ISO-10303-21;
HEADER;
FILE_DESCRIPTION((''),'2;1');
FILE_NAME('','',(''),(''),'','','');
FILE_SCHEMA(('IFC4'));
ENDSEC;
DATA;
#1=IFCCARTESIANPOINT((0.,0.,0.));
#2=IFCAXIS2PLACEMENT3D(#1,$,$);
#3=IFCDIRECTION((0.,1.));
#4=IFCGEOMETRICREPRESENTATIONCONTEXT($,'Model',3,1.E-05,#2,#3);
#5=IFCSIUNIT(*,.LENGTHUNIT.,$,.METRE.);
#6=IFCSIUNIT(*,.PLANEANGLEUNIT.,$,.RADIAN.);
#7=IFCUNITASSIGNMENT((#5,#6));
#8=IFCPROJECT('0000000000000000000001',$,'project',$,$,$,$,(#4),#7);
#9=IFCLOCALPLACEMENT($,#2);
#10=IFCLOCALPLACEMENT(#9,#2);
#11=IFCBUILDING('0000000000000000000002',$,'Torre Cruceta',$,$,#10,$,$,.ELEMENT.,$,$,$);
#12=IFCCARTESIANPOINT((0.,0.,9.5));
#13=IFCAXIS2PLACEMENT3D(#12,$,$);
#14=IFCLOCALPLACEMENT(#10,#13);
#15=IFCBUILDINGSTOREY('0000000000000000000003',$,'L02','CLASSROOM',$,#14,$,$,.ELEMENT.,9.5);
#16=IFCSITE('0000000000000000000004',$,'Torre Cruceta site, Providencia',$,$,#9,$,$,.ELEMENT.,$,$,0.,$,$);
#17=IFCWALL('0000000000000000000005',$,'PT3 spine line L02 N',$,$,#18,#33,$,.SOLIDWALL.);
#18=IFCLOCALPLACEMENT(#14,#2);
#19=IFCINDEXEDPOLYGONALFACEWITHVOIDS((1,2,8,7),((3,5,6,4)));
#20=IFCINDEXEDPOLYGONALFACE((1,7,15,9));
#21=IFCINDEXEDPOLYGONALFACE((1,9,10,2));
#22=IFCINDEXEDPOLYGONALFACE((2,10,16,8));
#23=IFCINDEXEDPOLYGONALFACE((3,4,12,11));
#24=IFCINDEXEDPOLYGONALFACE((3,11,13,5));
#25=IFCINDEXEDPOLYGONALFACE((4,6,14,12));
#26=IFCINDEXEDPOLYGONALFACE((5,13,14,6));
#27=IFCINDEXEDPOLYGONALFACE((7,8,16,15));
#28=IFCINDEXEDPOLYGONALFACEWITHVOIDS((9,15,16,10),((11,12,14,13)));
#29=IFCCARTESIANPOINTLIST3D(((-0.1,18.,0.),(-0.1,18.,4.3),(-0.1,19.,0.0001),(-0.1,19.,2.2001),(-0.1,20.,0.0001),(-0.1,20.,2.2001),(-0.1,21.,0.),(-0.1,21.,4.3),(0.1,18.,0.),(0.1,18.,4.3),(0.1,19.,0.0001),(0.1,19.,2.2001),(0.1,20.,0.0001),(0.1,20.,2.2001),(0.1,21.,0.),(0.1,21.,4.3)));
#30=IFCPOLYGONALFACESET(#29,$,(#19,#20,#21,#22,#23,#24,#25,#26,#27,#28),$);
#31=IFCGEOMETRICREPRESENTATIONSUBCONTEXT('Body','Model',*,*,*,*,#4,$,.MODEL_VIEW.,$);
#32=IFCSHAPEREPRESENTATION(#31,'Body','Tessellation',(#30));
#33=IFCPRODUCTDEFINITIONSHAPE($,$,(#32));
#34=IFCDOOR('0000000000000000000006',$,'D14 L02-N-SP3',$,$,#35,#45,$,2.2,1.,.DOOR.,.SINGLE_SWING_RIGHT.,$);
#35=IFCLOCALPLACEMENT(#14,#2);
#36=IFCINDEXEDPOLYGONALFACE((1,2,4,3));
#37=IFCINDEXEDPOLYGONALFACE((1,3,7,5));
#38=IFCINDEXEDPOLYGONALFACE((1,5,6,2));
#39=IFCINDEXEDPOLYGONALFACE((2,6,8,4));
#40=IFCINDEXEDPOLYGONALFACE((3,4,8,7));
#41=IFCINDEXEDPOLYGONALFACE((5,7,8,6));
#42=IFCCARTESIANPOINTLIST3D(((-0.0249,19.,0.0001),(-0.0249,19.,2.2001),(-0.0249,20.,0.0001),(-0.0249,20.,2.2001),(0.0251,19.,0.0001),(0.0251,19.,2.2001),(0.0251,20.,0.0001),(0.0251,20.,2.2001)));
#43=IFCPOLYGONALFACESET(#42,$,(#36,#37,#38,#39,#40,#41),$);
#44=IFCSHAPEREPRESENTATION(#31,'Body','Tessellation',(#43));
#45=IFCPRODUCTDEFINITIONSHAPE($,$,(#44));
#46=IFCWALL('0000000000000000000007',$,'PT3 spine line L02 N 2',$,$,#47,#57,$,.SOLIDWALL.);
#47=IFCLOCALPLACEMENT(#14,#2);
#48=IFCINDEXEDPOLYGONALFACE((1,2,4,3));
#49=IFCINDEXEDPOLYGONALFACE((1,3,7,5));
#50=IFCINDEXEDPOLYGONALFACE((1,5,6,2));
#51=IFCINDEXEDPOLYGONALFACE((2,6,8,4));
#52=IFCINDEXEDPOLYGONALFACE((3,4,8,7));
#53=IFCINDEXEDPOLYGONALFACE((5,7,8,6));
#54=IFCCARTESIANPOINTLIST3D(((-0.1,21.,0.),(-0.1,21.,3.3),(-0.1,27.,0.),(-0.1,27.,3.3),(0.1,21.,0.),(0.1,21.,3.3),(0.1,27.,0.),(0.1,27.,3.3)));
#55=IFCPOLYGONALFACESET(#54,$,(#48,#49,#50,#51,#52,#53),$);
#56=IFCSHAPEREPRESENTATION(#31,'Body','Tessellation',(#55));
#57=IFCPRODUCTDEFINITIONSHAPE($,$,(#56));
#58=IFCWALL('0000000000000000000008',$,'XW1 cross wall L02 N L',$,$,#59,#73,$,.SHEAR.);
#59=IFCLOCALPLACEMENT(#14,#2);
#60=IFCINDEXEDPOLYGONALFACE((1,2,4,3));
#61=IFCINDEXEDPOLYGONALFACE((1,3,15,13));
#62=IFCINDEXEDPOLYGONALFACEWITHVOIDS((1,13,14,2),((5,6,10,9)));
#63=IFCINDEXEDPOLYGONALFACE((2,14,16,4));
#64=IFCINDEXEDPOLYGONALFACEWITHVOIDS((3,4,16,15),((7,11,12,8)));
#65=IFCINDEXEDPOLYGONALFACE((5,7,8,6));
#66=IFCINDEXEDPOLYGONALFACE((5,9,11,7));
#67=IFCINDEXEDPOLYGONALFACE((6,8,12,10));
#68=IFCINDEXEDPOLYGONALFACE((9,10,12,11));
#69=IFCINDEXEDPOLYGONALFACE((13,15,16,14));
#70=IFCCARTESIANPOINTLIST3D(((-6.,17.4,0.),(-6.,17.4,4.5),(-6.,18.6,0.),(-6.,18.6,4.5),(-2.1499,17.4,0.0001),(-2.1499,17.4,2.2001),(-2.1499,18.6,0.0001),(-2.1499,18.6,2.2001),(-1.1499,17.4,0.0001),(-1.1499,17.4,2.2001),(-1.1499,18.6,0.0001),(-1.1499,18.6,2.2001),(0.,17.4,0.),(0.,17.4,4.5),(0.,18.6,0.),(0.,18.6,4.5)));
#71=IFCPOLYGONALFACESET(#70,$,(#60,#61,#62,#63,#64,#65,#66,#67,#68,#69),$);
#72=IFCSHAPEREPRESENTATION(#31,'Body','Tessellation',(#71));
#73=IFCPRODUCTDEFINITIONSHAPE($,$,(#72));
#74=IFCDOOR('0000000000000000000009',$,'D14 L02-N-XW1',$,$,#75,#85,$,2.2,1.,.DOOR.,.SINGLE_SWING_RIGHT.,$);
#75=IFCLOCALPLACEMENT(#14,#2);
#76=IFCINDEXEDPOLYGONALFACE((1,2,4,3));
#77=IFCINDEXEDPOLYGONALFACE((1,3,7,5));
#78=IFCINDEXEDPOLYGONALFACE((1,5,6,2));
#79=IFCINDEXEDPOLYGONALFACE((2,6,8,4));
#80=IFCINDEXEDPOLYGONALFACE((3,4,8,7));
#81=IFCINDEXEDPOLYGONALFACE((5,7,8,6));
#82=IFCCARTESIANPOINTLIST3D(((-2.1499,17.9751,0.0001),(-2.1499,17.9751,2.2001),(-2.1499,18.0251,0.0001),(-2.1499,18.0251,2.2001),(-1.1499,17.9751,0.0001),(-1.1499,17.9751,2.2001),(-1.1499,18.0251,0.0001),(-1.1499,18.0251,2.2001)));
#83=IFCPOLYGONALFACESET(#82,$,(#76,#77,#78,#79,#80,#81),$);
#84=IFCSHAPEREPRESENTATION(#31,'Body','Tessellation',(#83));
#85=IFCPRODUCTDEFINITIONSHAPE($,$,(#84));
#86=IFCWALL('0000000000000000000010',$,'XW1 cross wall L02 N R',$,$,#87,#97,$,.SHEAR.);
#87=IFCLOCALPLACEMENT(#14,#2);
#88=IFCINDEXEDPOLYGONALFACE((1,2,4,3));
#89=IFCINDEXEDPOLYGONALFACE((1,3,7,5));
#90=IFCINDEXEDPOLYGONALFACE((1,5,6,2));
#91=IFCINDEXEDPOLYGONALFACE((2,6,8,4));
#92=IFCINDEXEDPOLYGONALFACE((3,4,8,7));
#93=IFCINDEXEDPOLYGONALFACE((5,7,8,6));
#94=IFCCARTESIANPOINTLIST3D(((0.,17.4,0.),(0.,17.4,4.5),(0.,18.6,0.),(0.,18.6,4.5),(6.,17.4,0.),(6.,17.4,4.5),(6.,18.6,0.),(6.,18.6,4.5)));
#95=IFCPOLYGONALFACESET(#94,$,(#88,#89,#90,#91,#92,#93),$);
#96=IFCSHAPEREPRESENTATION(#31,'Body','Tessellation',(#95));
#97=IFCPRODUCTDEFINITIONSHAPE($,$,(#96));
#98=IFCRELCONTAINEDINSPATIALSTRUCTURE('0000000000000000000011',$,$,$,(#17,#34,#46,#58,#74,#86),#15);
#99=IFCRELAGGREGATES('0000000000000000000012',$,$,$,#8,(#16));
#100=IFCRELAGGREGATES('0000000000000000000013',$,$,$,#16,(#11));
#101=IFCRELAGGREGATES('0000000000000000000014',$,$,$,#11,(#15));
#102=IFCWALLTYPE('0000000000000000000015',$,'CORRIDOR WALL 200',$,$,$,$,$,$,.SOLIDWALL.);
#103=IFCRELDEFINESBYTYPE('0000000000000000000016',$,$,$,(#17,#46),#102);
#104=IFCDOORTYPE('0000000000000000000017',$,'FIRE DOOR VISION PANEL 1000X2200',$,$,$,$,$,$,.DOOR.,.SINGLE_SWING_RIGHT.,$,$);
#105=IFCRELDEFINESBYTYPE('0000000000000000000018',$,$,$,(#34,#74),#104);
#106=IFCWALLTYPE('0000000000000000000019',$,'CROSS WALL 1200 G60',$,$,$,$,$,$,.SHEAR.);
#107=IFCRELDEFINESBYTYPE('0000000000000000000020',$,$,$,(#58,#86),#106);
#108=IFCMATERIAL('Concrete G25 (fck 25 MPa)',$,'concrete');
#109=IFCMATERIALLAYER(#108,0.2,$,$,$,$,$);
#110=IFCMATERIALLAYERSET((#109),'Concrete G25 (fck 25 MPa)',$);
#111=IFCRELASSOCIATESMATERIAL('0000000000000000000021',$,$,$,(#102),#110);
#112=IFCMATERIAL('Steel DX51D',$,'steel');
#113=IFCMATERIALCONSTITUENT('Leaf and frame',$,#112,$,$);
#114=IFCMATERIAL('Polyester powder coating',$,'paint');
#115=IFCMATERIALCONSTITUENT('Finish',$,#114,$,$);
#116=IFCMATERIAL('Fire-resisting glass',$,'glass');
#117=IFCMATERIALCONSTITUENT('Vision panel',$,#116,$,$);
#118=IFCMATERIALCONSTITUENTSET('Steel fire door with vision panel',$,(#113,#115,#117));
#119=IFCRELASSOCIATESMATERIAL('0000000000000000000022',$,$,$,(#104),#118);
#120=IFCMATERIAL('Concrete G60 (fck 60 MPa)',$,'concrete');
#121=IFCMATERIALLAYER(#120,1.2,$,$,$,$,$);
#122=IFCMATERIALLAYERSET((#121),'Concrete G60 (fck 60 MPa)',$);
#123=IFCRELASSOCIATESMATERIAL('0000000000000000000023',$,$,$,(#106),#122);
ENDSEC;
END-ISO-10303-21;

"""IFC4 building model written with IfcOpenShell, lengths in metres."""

from ifc_helpers import new_model, si_unit, direction, frame, frame_2d, origin, place, context, subcontext, project, spatial, rectangle, extrude, material, layer, layer_set, constituent, constituent_set, type_object, element, fill, save


model = new_model("IFC4")

# Units and contexts
model_context = context("Model", 3, precision=1e-05, world=origin(), true_north=direction((0.0, 1.0)))
body_context = subcontext(model_context, "Body", "Model", "MODEL_VIEW")
ifc_project = project(units=[si_unit("LENGTHUNIT", "METRE"), si_unit("PLANEANGLEUNIT", "RADIAN")], contexts=[model_context])

# Site, building, storey
site_placement = place(None, origin())
site = spatial("IfcSite", under=ifc_project, at=site_placement, Name="Torre Cruceta site, Providencia", CompositionType="ELEMENT", RefElevation=0.0)
building_placement = place(site_placement, origin())
building = spatial("IfcBuilding", under=site, at=building_placement, Name="Torre Cruceta", CompositionType="ELEMENT")
storey_placement = place(building_placement, frame((0.0, 0.0, 9.5)))
storey = spatial("IfcBuildingStorey", under=building, at=storey_placement, Name="L02", Description="CLASSROOM", CompositionType="ELEMENT", Elevation=9.5)

# Wall, opening, door
ifc_material_1 = material(Name="Concrete G25 (fck 25 MPa)", Category="concrete")
ifc_layer_1 = layer(ifc_material_1, 0.2)
ifc_layer_set_1 = layer_set([ifc_layer_1], Name="Concrete G25 (fck 25 MPa)")
wall_type_1 = type_object("IfcWallType", Name="CORRIDOR WALL 200", PredefinedType="SOLIDWALL", material=ifc_layer_set_1)
wall_1_placement = place(storey_placement, frame((0.0, 18.0, 0.0), z_axis=(0.0, 0.0, 1.0), x_axis=(0.0, 1.0, 0.0)))
wall_1 = element("IfcWall", 1, at=wall_1_placement, inside=storey, type_object=wall_type_1, Name="PT3 spine line L02 N", PredefinedType="SOLIDWALL", context=body_context, shape_type="SweptSolid", body=[
    extrude(rectangle(XDim=3.0, YDim=0.2, at=frame_2d((1.5, 0.0))), origin(), (0.0, 0.0, 1.0), 4.3),
])
opening_1_placement = place(wall_1_placement, frame((1.0, 0.0, 0.0)))
opening_1 = element("IfcOpeningElement", 2, at=opening_1_placement, cuts=wall_1, PredefinedType="OPENING", context=body_context, shape_type="SweptSolid", body=[
    extrude(rectangle(XDim=1.0, YDim=2.2, at=frame_2d((0.5, 1.1001))), frame((0.0, 0.1099, 0.0), z_axis=(0.0, -1.0, 0.0), x_axis=(1.0, 0.0, 0.0)), (0.0, 0.0, 1.0), 0.22),
])
ifc_material_2 = material(Name="Steel DX51D", Category="steel")
ifc_constituent_1 = constituent(ifc_material_2, Name="Leaf and frame")
ifc_material_3 = material(Name="Polyester powder coating", Category="paint")
ifc_constituent_2 = constituent(ifc_material_3, Name="Finish")
ifc_material_4 = material(Name="Fire-resisting glass", Category="glass")
ifc_constituent_3 = constituent(ifc_material_4, Name="Vision panel")
ifc_constituent_set = constituent_set(constituents=[ifc_constituent_1, ifc_constituent_2, ifc_constituent_3], Name="Steel fire door with vision panel")
door_type = type_object("IfcDoorType", Name="FIRE DOOR VISION PANEL 1000X2200", OperationType="SINGLE_SWING_RIGHT", PredefinedType="DOOR", material=ifc_constituent_set)
door_1_placement = place(opening_1_placement, frame((1.0, 0.0, 0.0), z_axis=(0.0, 0.0, 1.0), x_axis=(-1.0, 0.0, 0.0)))
door_1 = element("IfcDoor", 3, at=door_1_placement, inside=storey, type_object=door_type, Name="D14 L02-N-SP3", OperationType="SINGLE_SWING_RIGHT", OverallHeight=2.2, OverallWidth=1.0, PredefinedType="DOOR", context=body_context, shape_type="SweptSolid", body=[
    extrude(rectangle(XDim=1.0, YDim=2.2, at=frame_2d((0.5, 1.1001))), frame((0.0, 0.0251, 0.0), z_axis=(0.0, -1.0, 0.0), x_axis=(1.0, 0.0, 0.0)), (0.0, 0.0, 1.0), 0.05),
])
fill(opening_1, door_1)

# Wall
wall_2_placement = place(storey_placement, frame((0.0, 21.0, 0.0), z_axis=(0.0, 0.0, 1.0), x_axis=(0.0, 1.0, 0.0)))
element("IfcWall", 4, at=wall_2_placement, inside=storey, type_object=wall_type_1, Name="PT3 spine line L02 N 2", PredefinedType="SOLIDWALL", context=body_context, shape_type="SweptSolid", body=[
    extrude(rectangle(XDim=6.0, YDim=0.2, at=frame_2d((3.0, 0.0))), origin(), (0.0, 0.0, 1.0), 3.3),
])

# Wall, opening, door
ifc_material_5 = material(Name="Concrete G60 (fck 60 MPa)", Category="concrete")
ifc_layer_2 = layer(ifc_material_5, 1.2)
ifc_layer_set_2 = layer_set([ifc_layer_2], Name="Concrete G60 (fck 60 MPa)")
wall_type_2 = type_object("IfcWallType", Name="CROSS WALL 1200 G60", PredefinedType="SHEAR", material=ifc_layer_set_2)
wall_3_placement = place(storey_placement, frame((0.0, 18.0, 0.0), z_axis=(0.0, 0.0, 1.0), x_axis=(-1.0, 0.0, 0.0)))
wall_3 = element("IfcWall", 5, at=wall_3_placement, inside=storey, type_object=wall_type_2, Name="XW1 cross wall L02 N L", PredefinedType="SHEAR", context=body_context, shape_type="SweptSolid", body=[
    extrude(rectangle(XDim=6.0, YDim=1.2, at=frame_2d((3.0, 0.0))), origin(), (0.0, 0.0, 1.0), 4.5),
])
opening_2_placement = place(wall_3_placement, frame((1.1499, 0.0, 0.0)))
opening_2 = element("IfcOpeningElement", 6, at=opening_2_placement, cuts=wall_3, PredefinedType="OPENING", context=body_context, shape_type="SweptSolid", body=[
    extrude(rectangle(XDim=1.0, YDim=2.2, at=frame_2d((0.5, 1.1001))), frame((0.0, 0.6099, 0.0), z_axis=(0.0, -1.0, 0.0), x_axis=(1.0, 0.0, 0.0)), (0.0, 0.0, 1.0), 1.22),
])
door_2_placement = place(opening_2_placement, frame((1.0, 0.0, 0.0), z_axis=(0.0, 0.0, 1.0), x_axis=(-1.0, 0.0, 0.0)))
door_2 = element("IfcDoor", 7, at=door_2_placement, inside=storey, type_object=door_type, Name="D14 L02-N-XW1", OperationType="SINGLE_SWING_RIGHT", OverallHeight=2.2, OverallWidth=1.0, PredefinedType="DOOR", context=body_context, shape_type="SweptSolid", body=[
    extrude(rectangle(XDim=1.0, YDim=2.2, at=frame_2d((0.5, 1.1001))), frame((0.0, 0.0251, 0.0), z_axis=(0.0, -1.0, 0.0), x_axis=(1.0, 0.0, 0.0)), (0.0, 0.0, 1.0), 0.05),
])
fill(opening_2, door_2)

# Wall
wall_4_placement = place(storey_placement, frame((0.0, 18.0, 0.0), z_axis=(0.0, 0.0, 1.0), x_axis=(1.0, 0.0, 0.0)))
element("IfcWall", 8, at=wall_4_placement, inside=storey, type_object=wall_type_2, Name="XW1 cross wall L02 N R", PredefinedType="SHEAR", context=body_context, shape_type="SweptSolid", body=[
    extrude(rectangle(XDim=6.0, YDim=1.2, at=frame_2d((3.0, 0.0))), origin(), (0.0, 0.0, 1.0), 4.5),
])

save(model, "model.ifc")
